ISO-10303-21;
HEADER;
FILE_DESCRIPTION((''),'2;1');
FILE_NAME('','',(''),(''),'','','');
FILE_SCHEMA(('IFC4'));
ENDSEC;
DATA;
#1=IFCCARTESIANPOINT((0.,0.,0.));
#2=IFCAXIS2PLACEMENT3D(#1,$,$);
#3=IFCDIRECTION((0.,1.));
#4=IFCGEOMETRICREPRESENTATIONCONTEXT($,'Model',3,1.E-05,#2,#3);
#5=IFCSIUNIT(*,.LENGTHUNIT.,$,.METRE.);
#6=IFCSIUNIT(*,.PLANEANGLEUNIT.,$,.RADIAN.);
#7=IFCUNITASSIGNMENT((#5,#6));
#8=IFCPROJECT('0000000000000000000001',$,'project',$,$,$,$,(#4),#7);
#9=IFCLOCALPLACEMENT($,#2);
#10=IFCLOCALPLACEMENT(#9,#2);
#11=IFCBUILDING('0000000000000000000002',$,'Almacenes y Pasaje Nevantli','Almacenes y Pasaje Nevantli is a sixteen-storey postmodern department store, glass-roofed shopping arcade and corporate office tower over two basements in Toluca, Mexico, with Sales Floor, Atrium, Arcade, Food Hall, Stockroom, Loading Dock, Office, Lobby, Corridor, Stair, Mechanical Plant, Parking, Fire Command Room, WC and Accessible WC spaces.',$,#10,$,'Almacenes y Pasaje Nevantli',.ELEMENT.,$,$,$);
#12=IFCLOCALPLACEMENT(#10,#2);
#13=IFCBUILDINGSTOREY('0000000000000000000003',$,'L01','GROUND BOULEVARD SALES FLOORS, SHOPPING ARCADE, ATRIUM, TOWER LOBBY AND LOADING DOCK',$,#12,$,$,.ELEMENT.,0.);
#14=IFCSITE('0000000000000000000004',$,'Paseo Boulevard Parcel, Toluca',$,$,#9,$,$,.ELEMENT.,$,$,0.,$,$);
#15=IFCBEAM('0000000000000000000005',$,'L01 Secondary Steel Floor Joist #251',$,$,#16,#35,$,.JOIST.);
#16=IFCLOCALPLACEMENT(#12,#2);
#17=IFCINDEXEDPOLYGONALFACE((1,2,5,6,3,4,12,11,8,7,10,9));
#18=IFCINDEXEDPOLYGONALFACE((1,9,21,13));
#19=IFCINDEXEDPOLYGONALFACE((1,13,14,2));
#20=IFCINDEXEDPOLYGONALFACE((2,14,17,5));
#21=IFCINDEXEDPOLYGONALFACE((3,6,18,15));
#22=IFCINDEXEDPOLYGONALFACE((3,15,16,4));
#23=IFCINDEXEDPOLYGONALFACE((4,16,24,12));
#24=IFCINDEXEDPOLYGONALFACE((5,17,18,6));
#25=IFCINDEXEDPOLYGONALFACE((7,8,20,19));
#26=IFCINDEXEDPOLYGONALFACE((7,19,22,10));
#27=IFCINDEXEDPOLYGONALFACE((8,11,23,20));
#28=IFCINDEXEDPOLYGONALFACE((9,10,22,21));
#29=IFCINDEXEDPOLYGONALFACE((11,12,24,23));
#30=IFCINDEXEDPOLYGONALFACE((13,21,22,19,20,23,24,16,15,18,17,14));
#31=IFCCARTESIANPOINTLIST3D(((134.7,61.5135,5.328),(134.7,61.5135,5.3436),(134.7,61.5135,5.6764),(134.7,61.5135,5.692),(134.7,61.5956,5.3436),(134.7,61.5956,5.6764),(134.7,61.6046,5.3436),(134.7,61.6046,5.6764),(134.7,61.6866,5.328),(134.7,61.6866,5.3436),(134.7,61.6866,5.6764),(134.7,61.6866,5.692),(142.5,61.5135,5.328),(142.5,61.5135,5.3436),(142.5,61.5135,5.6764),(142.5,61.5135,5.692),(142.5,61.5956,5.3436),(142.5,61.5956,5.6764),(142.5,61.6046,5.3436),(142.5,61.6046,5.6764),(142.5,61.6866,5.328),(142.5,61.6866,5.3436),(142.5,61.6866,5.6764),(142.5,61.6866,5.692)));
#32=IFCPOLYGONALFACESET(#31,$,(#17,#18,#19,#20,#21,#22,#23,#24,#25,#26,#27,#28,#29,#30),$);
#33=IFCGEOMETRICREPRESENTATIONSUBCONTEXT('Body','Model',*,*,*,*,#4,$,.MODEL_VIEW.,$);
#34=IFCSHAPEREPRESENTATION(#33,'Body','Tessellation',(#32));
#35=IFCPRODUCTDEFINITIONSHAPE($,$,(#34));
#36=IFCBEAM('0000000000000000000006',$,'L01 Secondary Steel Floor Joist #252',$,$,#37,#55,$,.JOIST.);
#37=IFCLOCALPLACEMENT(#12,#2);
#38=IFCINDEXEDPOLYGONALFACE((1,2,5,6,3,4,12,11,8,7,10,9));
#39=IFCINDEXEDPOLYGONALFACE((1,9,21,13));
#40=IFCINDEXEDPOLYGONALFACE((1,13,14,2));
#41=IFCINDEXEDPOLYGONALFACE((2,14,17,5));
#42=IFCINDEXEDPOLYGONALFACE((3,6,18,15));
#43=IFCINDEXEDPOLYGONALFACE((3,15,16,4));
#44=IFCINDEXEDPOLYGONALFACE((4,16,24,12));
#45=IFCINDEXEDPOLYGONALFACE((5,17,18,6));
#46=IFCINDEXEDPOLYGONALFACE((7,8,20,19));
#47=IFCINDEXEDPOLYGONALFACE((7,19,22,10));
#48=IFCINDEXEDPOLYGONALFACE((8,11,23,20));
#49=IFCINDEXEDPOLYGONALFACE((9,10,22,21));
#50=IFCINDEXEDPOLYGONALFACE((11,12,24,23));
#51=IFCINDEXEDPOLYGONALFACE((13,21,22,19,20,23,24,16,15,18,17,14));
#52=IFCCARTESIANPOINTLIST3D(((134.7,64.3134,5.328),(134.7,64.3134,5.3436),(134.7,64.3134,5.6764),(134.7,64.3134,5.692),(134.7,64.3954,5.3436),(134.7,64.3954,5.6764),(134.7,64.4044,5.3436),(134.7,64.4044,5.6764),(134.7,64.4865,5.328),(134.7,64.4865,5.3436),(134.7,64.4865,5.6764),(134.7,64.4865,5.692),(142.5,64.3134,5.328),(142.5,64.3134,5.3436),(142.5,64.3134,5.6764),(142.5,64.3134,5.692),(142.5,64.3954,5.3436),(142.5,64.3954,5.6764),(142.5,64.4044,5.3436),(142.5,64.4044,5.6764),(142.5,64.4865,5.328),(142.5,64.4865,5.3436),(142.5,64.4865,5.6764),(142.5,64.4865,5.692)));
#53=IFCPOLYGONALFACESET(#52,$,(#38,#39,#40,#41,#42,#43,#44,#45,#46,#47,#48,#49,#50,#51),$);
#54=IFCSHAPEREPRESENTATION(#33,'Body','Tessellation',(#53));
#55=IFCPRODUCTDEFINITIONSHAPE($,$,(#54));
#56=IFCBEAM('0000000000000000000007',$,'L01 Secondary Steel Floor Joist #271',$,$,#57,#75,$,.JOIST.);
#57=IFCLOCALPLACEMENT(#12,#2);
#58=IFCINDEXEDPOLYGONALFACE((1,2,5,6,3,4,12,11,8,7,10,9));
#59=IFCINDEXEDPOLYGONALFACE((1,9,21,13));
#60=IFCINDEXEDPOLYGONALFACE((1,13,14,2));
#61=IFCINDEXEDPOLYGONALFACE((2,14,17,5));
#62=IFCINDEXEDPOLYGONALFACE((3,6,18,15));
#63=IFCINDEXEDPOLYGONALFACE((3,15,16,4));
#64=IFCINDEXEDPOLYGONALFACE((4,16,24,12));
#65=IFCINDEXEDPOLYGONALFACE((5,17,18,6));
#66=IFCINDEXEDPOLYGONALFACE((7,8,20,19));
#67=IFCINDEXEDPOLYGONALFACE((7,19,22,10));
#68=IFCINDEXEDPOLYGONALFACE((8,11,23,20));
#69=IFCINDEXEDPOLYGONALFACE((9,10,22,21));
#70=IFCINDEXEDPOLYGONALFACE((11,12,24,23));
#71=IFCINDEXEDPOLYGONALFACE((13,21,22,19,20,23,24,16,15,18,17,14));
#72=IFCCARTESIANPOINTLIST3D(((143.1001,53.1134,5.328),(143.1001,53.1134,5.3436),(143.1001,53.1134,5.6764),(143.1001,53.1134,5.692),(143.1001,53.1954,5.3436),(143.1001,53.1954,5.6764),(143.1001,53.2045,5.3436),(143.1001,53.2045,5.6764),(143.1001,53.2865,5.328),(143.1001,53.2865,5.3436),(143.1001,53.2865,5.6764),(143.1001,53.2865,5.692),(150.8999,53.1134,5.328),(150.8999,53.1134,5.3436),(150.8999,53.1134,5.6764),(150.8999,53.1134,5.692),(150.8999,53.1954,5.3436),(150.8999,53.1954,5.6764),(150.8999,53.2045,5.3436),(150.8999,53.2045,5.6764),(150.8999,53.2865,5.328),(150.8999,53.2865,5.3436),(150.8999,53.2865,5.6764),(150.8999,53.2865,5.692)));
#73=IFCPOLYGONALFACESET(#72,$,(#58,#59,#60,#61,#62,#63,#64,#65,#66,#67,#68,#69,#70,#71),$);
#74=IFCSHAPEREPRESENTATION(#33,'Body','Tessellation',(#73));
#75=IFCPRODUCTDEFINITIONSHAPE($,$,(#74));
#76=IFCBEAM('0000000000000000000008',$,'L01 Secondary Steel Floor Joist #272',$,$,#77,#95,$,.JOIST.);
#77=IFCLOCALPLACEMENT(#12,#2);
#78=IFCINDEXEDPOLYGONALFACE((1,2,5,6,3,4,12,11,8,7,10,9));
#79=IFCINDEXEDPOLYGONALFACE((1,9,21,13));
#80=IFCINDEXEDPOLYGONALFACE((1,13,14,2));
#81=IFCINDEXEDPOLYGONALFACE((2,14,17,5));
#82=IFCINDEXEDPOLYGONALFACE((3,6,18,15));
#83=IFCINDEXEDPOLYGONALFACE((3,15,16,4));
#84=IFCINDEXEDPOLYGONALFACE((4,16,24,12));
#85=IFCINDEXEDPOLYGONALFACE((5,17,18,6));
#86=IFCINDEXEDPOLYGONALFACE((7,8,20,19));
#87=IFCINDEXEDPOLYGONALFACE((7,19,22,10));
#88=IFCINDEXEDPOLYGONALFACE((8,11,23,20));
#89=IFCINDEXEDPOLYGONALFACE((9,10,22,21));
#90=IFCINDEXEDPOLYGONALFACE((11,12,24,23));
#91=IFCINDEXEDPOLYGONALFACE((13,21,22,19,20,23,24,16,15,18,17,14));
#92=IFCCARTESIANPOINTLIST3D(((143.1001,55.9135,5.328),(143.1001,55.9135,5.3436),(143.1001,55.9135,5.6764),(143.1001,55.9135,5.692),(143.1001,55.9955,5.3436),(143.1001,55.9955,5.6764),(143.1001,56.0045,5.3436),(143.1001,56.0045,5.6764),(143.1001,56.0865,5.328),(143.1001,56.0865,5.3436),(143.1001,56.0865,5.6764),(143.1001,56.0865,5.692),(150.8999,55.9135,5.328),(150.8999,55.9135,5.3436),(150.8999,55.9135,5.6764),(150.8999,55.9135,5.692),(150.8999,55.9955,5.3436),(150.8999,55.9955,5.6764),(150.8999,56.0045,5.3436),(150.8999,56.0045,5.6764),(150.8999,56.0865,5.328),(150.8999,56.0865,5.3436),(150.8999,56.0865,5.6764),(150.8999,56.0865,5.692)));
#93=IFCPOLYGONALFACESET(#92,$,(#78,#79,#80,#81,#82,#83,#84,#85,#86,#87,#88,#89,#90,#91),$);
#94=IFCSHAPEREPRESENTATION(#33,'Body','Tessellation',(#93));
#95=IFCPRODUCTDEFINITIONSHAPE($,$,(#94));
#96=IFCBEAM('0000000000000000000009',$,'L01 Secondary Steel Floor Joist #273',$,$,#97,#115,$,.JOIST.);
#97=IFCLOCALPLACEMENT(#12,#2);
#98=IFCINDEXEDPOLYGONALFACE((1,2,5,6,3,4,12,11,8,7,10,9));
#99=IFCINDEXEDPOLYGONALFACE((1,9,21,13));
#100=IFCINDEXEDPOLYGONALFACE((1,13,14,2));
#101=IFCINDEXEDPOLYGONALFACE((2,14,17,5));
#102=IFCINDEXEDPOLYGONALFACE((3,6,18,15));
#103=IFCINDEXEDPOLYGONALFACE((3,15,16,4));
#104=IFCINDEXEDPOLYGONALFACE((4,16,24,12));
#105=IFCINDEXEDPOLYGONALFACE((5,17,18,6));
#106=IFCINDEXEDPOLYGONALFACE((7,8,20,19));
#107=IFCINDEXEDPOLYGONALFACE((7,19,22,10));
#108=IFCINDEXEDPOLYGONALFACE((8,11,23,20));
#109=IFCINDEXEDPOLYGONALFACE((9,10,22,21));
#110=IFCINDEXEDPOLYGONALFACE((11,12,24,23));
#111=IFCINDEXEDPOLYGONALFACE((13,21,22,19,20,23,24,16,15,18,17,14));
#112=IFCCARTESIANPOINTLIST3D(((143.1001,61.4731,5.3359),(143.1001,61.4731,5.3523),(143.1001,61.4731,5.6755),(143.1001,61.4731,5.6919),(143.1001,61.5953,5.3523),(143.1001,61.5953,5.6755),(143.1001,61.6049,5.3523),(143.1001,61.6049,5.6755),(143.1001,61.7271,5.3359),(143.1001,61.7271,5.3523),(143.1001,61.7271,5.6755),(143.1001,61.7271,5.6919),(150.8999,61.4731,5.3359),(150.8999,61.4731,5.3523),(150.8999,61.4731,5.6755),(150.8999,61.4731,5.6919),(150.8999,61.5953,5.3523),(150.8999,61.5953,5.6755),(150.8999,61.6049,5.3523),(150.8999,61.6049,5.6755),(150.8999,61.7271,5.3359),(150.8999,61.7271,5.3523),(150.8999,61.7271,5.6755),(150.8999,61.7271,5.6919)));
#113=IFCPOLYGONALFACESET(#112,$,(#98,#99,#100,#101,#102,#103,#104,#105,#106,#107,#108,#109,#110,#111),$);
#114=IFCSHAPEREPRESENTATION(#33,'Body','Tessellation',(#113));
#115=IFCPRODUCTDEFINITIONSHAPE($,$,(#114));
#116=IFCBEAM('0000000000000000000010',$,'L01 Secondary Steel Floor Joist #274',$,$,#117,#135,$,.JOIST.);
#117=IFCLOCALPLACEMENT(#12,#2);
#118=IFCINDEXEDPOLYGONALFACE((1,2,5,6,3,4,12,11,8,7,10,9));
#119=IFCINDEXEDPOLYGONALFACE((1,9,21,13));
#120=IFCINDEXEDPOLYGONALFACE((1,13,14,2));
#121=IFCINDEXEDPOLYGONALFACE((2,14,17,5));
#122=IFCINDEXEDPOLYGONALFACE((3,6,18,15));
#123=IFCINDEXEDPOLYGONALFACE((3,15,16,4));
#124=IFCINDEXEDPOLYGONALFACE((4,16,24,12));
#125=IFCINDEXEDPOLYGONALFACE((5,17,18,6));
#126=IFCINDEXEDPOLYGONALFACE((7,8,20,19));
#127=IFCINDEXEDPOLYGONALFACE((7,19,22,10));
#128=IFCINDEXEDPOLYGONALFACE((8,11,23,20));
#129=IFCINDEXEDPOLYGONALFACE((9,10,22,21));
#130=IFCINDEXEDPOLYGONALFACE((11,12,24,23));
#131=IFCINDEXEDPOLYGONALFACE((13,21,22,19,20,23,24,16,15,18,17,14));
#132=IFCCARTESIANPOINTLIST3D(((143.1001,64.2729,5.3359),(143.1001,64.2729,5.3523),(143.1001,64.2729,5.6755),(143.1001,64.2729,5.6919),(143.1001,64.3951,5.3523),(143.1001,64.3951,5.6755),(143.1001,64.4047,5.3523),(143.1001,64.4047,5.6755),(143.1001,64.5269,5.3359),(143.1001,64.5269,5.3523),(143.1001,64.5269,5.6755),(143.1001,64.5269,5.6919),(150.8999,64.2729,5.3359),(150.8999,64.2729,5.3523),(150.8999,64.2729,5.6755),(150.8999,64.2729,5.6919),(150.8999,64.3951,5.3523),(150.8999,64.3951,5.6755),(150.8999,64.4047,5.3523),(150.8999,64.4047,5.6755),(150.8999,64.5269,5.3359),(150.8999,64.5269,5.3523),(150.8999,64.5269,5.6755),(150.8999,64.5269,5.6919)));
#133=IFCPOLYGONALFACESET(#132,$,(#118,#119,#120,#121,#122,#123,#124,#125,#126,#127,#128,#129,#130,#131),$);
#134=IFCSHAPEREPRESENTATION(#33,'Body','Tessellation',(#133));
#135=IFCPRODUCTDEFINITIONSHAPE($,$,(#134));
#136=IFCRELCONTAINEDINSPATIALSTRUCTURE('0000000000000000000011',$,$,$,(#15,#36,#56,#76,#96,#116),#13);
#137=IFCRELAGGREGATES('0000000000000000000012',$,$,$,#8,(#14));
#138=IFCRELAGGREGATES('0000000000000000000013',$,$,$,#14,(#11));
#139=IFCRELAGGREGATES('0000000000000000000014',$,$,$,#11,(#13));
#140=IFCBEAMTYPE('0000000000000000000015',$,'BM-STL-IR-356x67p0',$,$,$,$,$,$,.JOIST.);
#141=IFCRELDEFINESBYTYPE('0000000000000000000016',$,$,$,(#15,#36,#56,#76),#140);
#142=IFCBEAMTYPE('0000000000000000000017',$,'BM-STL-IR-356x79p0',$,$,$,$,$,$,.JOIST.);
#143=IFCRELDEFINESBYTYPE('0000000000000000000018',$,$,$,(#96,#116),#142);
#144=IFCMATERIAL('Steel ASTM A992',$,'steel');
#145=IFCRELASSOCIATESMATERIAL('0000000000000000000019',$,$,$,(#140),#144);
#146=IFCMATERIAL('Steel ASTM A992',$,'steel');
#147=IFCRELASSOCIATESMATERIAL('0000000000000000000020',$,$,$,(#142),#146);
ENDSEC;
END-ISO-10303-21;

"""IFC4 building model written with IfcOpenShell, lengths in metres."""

from ifc_helpers import new_model, si_unit, direction, frame, origin, origin_2d, place, context, subcontext, project, spatial, i_section, extrude, material, material_profile, profile_set, type_object, element, save


model = new_model("IFC4")

# Units and contexts
model_context = context("Model", 3, precision=1e-05, world=origin(), true_north=direction((0.0, 1.0)))
body_context = subcontext(model_context, "Body", "Model", "MODEL_VIEW")
ifc_project = project(units=[si_unit("LENGTHUNIT", "METRE"), si_unit("PLANEANGLEUNIT", "RADIAN")], contexts=[model_context])

# Site, building, storey
site_placement = place(None, origin())
site = spatial("IfcSite", under=ifc_project, at=site_placement, Name="Paseo Boulevard Parcel, Toluca", CompositionType="ELEMENT", RefElevation=0.0)
building_placement = place(site_placement, origin())
building = spatial("IfcBuilding", under=site, at=building_placement, Name="Almacenes y Pasaje Nevantli", Description="Almacenes y Pasaje Nevantli is a sixteen-storey postmodern department store, glass-roofed shopping arcade and corporate office tower over two basements in Toluca, Mexico, with Sales Floor, Atrium, Arcade, Food Hall, Stockroom, Loading Dock, Office, Lobby, Corridor, Stair, Mechanical Plant, Parking, Fire Command Room, WC and Accessible WC spaces.", LongName="Almacenes y Pasaje Nevantli", CompositionType="ELEMENT")
storey_placement = place(building_placement, origin())
storey = spatial("IfcBuildingStorey", under=building, at=storey_placement, Name="L01", Description="GROUND BOULEVARD SALES FLOORS, SHOPPING ARCADE, ATRIUM, TOWER LOBBY AND LOADING DOCK", CompositionType="ELEMENT", Elevation=0.0)

# Beams
ifc_material_1 = material(Name="Steel ASTM A992", Category="steel")
ifc_material_profile_1 = material_profile(ifc_material_1, i_section(OverallWidth=0.1731, OverallDepth=0.364, WebThickness=0.009, FlangeThickness=0.0156, at=origin_2d()), Name="IR 356x67.0")
ifc_profile_set_1 = profile_set([ifc_material_profile_1], Name="Steel ASTM A992")
beam_type_1 = type_object("IfcBeamType", Name="BM-STL-IR-356x67p0", PredefinedType="JOIST", material=ifc_profile_set_1)
for number, where, z_axis, x_axis, name in (
    (1, (134.7, 61.6001, 5.51), (1.0, 0.0, 0.0), (0.0, 1.0, 0.0), "L01 Secondary Steel Floor Joist #251"),
    (2, (134.7, 64.3999, 5.51), (1.0, 0.0, 0.0), (0.0, 1.0, 0.0), "L01 Secondary Steel Floor Joist #252"),
):
    element("IfcBeam", number, at=place(storey_placement, frame(where, z_axis=z_axis, x_axis=x_axis)), inside=storey, type_object=beam_type_1, Name=name, PredefinedType="JOIST", context=body_context, shape_type="SweptSolid", body=[
        extrude(i_section(OverallWidth=0.1731, OverallDepth=0.364, WebThickness=0.009, FlangeThickness=0.0156, at=origin_2d()), origin(), (0.0, 0.0, 1.0), 7.8),
    ])
for number, where, z_axis, x_axis, name in (
    (3, (143.1001, 53.2, 5.51), (1.0, 0.0, 0.0), (0.0, 1.0, 0.0), "L01 Secondary Steel Floor Joist #271"),
    (4, (143.1001, 56.0, 5.51), (1.0, 0.0, 0.0), (0.0, 1.0, 0.0), "L01 Secondary Steel Floor Joist #272"),
):
    element("IfcBeam", number, at=place(storey_placement, frame(where, z_axis=z_axis, x_axis=x_axis)), inside=storey, type_object=beam_type_1, Name=name, PredefinedType="JOIST", context=body_context, shape_type="SweptSolid", body=[
        extrude(i_section(OverallWidth=0.1731, OverallDepth=0.364, WebThickness=0.009, FlangeThickness=0.0156, at=origin_2d()), origin(), (0.0, 0.0, 1.0), 7.7998),
    ])
ifc_material_2 = material(Name="Steel ASTM A992", Category="steel")
ifc_material_profile_2 = material_profile(ifc_material_2, i_section(OverallWidth=0.2539, OverallDepth=0.356, WebThickness=0.0095, FlangeThickness=0.0164, at=origin_2d()), Name="IR 356x79.0")
ifc_profile_set_2 = profile_set([ifc_material_profile_2], Name="Steel ASTM A992")
beam_type_2 = type_object("IfcBeamType", Name="BM-STL-IR-356x79p0", PredefinedType="JOIST", material=ifc_profile_set_2)
for number, where, z_axis, x_axis, name in (
    (5, (143.1001, 61.6001, 5.5139), (1.0, 0.0, 0.0), (0.0, 1.0, 0.0), "L01 Secondary Steel Floor Joist #273"),
    (6, (143.1001, 64.3999, 5.5139), (1.0, 0.0, 0.0), (0.0, 1.0, 0.0), "L01 Secondary Steel Floor Joist #274"),
):
    element("IfcBeam", number, at=place(storey_placement, frame(where, z_axis=z_axis, x_axis=x_axis)), inside=storey, type_object=beam_type_2, Name=name, PredefinedType="JOIST", context=body_context, shape_type="SweptSolid", body=[
        extrude(i_section(OverallWidth=0.2539, OverallDepth=0.356, WebThickness=0.0095, FlangeThickness=0.0164, at=origin_2d()), origin(), (0.0, 0.0, 1.0), 7.7998),
    ])

save(model, "model.ifc")
